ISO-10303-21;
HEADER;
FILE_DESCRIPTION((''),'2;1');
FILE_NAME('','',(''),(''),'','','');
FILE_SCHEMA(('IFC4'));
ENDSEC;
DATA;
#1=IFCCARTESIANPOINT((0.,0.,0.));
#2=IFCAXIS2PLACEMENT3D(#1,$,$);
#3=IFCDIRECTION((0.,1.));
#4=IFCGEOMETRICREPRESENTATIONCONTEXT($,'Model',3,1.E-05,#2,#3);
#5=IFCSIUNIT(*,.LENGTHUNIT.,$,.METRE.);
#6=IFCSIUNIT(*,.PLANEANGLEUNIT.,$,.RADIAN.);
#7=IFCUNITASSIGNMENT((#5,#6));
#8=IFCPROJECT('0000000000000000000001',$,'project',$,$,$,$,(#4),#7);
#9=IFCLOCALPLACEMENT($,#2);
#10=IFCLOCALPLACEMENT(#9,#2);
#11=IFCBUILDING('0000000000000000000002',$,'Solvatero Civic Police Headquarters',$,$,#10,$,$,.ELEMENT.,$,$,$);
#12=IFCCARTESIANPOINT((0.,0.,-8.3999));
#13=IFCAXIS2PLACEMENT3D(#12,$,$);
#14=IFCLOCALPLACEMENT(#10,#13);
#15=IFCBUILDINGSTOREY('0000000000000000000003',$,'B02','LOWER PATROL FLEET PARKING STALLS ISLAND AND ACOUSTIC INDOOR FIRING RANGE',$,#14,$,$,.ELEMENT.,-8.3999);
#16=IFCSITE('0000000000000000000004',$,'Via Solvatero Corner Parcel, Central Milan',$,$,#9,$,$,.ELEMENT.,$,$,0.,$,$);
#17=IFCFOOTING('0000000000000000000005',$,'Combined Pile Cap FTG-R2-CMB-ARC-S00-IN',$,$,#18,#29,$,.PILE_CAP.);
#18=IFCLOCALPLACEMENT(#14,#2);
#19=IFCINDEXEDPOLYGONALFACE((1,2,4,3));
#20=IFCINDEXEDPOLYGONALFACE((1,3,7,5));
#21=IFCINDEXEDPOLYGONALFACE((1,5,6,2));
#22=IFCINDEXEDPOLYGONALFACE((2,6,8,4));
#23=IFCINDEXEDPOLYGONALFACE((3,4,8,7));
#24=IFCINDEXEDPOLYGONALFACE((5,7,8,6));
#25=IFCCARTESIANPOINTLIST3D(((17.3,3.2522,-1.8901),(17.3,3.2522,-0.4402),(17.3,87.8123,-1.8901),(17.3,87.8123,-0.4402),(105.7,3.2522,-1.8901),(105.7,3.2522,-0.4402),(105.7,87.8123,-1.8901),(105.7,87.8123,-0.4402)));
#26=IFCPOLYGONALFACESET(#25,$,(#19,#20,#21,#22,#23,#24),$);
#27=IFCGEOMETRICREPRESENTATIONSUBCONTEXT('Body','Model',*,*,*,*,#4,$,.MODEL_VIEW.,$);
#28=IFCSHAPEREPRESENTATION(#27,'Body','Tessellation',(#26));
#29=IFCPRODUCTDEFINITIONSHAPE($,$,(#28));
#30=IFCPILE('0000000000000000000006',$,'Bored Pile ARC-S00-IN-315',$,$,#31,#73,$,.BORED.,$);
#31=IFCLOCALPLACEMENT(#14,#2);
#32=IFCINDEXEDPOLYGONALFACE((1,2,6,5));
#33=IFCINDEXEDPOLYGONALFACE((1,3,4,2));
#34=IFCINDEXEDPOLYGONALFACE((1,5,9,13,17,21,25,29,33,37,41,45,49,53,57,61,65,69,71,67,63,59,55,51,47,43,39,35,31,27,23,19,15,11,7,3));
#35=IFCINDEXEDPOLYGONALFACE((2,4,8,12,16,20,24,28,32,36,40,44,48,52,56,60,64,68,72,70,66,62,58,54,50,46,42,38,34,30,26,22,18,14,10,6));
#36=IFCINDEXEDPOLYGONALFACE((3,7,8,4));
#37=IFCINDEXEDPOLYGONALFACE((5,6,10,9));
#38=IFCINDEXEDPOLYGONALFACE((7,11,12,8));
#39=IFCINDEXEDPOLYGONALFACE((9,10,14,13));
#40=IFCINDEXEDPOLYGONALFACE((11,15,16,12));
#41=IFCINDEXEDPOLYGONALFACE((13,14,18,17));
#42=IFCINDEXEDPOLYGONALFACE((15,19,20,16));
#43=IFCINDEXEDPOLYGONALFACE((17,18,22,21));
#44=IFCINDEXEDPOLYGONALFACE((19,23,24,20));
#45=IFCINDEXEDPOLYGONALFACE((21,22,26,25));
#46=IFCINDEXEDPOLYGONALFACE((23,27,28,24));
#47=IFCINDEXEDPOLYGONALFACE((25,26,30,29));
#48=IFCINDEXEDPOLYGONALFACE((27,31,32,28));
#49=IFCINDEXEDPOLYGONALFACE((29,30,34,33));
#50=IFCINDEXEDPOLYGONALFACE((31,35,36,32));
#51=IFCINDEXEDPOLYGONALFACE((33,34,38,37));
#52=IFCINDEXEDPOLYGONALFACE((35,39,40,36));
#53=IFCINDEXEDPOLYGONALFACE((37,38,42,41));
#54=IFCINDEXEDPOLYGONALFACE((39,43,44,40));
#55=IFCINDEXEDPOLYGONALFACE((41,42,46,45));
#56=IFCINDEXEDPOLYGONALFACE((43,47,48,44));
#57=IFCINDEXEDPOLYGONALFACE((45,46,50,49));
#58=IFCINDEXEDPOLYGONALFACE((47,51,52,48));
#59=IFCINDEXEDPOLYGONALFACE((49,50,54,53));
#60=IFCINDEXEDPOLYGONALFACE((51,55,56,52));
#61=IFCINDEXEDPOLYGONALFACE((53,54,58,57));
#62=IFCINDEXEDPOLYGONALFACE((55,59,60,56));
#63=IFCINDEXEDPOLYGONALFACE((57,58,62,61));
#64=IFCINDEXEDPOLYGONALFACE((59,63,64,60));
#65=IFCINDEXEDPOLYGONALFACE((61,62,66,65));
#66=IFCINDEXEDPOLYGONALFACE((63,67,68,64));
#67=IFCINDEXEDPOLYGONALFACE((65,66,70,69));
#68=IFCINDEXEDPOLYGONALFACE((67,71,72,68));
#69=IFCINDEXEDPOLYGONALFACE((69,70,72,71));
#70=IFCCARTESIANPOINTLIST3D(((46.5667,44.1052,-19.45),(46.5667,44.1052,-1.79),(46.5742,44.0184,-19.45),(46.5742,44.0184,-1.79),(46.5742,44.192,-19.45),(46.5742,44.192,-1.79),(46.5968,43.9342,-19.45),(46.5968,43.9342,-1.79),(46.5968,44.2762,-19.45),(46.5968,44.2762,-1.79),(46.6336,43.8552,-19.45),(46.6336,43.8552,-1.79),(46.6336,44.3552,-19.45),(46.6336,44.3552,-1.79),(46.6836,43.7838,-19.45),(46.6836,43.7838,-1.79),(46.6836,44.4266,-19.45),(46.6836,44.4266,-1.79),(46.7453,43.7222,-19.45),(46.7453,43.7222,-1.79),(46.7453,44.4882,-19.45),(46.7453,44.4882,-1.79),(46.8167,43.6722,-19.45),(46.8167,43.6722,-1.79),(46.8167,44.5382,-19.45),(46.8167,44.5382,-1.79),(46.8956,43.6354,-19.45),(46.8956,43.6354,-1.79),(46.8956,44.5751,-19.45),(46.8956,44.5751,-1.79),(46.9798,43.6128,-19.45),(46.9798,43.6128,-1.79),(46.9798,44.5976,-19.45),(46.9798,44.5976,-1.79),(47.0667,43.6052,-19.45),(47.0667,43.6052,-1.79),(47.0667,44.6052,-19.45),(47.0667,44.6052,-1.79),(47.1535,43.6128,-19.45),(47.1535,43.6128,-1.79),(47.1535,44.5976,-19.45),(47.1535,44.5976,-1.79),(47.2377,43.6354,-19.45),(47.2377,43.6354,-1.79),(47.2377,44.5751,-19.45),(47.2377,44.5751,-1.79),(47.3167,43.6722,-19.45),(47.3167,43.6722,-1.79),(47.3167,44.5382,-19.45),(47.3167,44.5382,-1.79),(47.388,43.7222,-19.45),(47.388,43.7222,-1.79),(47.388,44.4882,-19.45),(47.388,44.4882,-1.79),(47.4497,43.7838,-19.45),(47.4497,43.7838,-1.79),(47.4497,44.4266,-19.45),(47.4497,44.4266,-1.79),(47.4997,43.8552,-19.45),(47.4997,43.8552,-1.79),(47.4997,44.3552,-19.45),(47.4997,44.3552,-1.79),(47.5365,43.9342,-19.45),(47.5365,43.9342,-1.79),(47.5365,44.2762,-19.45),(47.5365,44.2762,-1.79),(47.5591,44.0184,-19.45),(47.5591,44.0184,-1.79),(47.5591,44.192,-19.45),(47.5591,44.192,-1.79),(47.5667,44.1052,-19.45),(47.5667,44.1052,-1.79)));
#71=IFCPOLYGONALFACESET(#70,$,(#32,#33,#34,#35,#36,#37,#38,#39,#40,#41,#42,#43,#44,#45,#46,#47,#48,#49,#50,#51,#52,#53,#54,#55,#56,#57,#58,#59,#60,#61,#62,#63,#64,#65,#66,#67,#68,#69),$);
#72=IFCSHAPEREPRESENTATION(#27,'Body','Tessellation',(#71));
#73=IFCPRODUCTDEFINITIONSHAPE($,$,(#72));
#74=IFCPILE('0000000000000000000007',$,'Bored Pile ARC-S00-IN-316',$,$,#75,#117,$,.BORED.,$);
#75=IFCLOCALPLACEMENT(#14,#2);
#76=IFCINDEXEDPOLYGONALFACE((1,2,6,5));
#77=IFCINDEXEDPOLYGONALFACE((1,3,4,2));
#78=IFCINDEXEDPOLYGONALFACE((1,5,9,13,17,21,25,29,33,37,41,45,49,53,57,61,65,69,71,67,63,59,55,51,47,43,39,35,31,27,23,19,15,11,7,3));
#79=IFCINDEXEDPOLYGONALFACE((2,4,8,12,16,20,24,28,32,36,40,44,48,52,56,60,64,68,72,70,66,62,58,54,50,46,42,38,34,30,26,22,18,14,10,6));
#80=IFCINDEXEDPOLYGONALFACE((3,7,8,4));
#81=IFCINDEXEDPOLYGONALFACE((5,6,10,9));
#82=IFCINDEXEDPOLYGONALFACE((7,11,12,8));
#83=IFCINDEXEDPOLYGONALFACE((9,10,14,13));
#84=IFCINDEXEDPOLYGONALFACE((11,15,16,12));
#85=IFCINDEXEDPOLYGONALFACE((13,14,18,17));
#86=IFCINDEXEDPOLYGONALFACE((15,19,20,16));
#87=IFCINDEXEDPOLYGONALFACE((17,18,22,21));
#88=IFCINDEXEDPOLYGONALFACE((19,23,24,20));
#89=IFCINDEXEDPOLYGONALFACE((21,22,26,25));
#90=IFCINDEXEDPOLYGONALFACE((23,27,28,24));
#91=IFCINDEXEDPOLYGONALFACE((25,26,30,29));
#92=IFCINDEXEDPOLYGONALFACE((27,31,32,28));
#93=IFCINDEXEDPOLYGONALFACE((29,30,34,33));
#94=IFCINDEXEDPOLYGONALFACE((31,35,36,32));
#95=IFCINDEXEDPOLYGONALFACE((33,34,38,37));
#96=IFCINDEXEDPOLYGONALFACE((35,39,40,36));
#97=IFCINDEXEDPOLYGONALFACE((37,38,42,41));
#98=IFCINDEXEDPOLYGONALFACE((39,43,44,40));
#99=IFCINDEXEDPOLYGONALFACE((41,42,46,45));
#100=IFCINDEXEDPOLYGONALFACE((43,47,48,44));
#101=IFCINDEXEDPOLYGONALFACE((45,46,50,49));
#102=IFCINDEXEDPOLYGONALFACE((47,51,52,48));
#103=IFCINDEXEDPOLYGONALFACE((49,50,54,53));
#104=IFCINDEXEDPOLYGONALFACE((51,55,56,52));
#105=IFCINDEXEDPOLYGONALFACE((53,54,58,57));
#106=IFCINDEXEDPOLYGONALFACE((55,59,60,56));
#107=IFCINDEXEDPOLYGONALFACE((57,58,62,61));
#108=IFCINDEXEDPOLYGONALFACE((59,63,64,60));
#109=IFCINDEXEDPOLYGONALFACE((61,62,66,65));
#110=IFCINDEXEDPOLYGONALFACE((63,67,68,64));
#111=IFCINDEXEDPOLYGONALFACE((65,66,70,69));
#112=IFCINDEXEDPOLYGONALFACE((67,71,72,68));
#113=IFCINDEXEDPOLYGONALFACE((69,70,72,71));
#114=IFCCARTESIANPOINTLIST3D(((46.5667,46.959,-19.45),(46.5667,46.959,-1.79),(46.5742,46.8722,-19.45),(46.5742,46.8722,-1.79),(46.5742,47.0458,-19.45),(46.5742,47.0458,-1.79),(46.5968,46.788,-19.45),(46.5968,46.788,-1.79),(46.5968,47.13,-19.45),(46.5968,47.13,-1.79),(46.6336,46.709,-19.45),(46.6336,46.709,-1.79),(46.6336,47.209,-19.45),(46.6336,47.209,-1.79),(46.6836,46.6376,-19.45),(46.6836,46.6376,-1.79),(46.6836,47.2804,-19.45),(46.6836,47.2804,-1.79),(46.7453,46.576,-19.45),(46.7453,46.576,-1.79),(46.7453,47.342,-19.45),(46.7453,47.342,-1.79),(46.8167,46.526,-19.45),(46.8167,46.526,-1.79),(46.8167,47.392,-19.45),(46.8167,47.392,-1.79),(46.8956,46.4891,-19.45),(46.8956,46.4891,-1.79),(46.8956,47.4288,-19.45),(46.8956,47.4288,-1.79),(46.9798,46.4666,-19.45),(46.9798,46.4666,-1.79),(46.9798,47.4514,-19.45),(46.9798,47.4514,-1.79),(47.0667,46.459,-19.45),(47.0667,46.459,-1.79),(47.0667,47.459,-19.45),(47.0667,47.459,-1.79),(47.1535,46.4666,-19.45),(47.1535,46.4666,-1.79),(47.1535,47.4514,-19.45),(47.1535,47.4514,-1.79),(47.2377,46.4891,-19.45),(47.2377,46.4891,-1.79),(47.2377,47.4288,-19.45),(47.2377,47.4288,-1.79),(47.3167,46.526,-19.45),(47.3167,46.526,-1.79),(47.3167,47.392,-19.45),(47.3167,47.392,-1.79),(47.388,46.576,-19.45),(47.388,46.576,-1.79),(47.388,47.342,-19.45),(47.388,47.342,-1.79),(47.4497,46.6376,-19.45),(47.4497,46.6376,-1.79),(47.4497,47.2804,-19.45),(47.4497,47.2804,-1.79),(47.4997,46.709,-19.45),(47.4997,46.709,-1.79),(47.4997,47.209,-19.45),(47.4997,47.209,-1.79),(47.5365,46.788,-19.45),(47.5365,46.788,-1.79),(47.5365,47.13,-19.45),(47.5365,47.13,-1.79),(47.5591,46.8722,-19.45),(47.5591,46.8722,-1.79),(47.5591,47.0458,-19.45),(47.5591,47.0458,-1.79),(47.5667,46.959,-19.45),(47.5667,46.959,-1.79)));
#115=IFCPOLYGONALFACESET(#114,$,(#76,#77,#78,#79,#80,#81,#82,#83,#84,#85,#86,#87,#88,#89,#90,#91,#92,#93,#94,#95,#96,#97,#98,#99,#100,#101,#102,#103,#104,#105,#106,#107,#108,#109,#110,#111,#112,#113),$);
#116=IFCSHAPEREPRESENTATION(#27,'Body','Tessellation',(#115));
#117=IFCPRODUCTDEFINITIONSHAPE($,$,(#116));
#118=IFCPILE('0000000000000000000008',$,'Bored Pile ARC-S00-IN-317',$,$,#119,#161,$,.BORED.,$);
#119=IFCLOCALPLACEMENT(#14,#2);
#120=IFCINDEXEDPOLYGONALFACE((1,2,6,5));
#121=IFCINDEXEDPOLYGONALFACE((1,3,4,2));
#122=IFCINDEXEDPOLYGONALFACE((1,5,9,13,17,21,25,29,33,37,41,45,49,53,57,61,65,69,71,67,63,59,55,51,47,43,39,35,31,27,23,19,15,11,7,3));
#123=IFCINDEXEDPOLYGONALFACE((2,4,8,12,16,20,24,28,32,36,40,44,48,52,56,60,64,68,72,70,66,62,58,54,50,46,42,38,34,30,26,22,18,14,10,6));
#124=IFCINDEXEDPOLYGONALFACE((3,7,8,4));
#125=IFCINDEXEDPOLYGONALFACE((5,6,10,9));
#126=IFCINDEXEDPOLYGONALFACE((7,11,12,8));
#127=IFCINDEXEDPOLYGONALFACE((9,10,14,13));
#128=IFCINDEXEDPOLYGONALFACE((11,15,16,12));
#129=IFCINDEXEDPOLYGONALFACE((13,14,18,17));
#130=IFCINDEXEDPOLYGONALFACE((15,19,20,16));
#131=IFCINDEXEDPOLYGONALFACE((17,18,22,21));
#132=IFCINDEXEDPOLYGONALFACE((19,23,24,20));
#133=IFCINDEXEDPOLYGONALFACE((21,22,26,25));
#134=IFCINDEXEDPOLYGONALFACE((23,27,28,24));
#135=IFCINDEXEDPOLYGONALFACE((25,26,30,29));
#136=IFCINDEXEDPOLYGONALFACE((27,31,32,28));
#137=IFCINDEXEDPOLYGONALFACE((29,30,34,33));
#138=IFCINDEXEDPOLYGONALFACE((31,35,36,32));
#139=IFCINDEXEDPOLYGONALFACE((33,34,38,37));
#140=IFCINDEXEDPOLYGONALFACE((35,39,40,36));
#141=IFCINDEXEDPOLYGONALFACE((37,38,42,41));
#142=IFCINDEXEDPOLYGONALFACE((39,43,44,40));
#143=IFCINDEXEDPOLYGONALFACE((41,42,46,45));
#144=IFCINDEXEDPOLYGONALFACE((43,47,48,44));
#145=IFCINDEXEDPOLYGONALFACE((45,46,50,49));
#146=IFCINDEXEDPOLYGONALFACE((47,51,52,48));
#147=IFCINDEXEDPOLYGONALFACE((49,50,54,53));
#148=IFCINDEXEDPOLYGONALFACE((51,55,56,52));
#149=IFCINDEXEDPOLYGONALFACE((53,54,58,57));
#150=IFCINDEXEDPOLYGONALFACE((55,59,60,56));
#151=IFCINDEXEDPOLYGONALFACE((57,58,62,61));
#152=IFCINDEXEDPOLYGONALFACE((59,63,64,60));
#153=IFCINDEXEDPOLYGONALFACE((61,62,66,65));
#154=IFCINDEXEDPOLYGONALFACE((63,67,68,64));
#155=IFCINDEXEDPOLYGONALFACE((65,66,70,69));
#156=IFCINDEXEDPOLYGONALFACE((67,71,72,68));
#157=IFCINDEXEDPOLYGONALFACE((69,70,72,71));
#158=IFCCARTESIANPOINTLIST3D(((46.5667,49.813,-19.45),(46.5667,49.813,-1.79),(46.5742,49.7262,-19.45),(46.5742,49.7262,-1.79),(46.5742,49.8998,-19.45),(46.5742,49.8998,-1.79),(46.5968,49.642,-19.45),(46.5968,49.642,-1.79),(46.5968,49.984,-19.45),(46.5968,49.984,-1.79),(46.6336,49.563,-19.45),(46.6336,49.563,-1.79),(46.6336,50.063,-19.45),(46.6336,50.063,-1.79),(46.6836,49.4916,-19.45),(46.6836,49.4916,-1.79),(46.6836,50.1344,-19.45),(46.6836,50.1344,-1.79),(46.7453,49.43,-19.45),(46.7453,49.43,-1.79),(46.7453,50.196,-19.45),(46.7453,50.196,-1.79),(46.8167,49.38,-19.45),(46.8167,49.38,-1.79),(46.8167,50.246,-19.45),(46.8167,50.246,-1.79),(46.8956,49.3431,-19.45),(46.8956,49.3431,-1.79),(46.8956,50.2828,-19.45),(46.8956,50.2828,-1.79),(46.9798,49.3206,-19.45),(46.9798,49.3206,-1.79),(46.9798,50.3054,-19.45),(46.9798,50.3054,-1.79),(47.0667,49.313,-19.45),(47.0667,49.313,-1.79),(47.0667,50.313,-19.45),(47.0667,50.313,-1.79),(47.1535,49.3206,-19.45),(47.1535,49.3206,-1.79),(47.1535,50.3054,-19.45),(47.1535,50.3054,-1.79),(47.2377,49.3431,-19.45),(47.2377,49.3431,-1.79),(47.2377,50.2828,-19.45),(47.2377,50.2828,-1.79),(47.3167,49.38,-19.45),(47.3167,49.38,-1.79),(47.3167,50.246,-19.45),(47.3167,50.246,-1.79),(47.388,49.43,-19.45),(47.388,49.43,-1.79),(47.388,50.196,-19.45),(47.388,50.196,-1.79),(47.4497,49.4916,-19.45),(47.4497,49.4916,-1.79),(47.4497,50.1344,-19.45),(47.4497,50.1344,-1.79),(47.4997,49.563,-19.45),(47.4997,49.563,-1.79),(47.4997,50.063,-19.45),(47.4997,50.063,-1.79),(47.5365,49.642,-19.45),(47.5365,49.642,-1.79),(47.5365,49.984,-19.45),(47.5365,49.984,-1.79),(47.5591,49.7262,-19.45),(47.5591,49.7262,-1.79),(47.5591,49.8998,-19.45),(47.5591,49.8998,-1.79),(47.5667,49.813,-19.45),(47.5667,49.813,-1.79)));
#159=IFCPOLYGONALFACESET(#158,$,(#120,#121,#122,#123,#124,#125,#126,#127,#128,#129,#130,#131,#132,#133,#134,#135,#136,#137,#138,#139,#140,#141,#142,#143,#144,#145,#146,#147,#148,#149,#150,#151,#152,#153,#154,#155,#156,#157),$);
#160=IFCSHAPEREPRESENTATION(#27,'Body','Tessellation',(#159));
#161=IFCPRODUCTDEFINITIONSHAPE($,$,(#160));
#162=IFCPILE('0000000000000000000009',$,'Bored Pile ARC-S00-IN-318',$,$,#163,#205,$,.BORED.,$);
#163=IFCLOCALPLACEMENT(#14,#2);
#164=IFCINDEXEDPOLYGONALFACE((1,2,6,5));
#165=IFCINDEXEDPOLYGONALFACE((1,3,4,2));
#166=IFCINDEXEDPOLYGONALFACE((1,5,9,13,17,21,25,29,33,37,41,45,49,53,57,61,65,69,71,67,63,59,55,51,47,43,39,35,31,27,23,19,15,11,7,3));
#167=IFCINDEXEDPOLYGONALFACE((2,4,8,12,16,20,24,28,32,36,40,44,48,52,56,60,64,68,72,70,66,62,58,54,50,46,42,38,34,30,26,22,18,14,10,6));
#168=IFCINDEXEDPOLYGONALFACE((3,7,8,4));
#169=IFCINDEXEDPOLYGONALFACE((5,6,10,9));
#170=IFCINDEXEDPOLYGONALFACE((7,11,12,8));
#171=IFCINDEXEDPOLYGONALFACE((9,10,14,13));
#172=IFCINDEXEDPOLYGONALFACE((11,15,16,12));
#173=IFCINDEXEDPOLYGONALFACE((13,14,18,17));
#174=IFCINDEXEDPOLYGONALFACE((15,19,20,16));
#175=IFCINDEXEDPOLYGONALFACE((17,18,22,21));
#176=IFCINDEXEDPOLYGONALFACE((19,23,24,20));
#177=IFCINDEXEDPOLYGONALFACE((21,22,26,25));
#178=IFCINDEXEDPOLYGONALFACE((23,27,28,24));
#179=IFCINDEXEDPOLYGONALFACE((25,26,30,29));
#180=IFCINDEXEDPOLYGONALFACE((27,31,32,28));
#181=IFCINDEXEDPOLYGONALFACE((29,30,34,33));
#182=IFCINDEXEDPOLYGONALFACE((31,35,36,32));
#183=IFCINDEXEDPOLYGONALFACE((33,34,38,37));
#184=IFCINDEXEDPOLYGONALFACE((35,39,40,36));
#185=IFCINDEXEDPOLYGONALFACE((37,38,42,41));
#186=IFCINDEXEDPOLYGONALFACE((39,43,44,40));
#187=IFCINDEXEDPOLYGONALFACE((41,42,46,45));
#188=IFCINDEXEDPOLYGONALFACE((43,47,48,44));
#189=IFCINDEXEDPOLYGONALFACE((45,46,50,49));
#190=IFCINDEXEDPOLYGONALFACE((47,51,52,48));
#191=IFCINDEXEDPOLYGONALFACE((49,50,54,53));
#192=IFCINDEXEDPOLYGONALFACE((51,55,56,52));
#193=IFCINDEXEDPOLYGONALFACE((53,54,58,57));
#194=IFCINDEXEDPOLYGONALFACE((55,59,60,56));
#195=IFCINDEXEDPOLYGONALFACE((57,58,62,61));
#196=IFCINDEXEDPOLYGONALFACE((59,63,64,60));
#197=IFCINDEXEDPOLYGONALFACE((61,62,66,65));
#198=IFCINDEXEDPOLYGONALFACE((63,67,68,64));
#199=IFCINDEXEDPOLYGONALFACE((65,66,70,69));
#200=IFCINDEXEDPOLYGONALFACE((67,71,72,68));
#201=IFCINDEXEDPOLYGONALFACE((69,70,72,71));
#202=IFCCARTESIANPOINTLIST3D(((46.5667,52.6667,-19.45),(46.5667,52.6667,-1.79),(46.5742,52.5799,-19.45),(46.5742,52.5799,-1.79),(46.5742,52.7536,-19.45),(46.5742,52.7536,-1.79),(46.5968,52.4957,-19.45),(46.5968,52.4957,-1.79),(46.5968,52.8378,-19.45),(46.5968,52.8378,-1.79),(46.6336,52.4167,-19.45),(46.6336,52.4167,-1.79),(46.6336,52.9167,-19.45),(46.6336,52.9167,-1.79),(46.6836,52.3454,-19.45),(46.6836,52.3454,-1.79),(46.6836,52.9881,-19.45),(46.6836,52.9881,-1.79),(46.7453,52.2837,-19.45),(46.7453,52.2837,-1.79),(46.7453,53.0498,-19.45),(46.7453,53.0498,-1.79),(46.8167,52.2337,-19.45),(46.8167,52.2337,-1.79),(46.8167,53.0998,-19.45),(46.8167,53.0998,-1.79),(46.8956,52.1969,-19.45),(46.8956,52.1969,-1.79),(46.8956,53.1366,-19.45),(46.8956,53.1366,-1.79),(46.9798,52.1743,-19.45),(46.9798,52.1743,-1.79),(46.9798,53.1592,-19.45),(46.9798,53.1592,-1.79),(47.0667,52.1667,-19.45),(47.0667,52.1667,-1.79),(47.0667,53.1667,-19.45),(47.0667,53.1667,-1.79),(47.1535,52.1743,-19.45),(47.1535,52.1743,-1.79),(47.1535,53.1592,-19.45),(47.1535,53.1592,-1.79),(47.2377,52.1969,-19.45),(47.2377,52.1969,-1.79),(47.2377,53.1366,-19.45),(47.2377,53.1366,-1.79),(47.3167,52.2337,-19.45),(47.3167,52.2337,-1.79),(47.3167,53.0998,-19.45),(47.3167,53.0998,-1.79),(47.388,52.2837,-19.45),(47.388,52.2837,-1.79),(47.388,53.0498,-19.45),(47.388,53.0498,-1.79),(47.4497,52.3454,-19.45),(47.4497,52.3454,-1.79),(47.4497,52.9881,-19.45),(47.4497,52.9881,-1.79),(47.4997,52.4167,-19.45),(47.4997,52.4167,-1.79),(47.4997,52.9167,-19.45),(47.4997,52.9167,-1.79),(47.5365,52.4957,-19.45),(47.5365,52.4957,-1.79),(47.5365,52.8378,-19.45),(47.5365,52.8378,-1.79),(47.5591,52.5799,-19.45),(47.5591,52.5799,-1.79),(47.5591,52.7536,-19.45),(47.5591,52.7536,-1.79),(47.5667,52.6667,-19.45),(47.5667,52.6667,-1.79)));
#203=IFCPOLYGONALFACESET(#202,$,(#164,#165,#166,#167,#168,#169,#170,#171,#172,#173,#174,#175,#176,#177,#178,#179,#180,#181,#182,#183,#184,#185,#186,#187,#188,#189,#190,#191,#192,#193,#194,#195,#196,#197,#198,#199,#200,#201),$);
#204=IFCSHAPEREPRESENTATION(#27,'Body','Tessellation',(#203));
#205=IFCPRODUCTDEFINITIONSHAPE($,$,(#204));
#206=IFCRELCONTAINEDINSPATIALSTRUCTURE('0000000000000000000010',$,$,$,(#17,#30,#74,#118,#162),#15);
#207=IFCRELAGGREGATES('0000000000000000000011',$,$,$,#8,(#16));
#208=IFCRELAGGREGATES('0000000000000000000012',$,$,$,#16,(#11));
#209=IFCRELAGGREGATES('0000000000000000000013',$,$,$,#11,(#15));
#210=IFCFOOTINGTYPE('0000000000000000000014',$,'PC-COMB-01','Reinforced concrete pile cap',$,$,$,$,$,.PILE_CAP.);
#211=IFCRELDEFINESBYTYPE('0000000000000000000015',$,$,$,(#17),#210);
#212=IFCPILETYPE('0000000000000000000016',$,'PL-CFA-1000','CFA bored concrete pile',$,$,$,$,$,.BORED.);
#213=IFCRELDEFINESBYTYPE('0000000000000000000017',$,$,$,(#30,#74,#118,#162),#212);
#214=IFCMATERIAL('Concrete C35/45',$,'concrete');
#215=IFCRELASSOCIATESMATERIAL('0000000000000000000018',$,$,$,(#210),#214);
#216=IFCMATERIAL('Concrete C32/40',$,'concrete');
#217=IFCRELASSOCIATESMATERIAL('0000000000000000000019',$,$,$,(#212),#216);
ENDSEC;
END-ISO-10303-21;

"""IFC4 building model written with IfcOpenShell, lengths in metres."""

from ifc_helpers import new_model, si_unit, direction, frame, origin, origin_2d, place, context, subcontext, project, spatial, rectangle, circle, extrude, material, material_profile, profile_set, type_object, element, save


model = new_model("IFC4")

# Units and contexts
model_context = context("Model", 3, precision=1e-05, world=origin(), true_north=direction((0.0, 1.0)))
body_context = subcontext(model_context, "Body", "Model", "MODEL_VIEW")
ifc_project = project(units=[si_unit("LENGTHUNIT", "METRE"), si_unit("PLANEANGLEUNIT", "RADIAN")], contexts=[model_context])

# Site, building, storey
site_placement = place(None, origin())
site = spatial("IfcSite", under=ifc_project, at=site_placement, Name="Via Solvatero Corner Parcel, Central Milan", CompositionType="ELEMENT", RefElevation=0.0)
building_placement = place(site_placement, origin())
building = spatial("IfcBuilding", under=site, at=building_placement, Name="Solvatero Civic Police Headquarters", CompositionType="ELEMENT")
storey_placement = place(building_placement, frame((0.0, 0.0, -8.3999)))
storey = spatial("IfcBuildingStorey", under=building, at=storey_placement, Name="B02", Description="LOWER PATROL FLEET PARKING STALLS ISLAND AND ACOUSTIC INDOOR FIRING RANGE", CompositionType="ELEMENT", Elevation=-8.3999)

# Footing
ifc_material_1 = material(Name="Concrete C35/45", Category="concrete")
footing_type = type_object("IfcFootingType", Name="PC-COMB-01", Description="Reinforced concrete pile cap", PredefinedType="PILE_CAP", material=ifc_material_1)
footing_placement = place(storey_placement, frame((61.5, 45.5322, -1.8901), z_axis=(0.0, 0.0, 1.0), x_axis=(1.0, 0.0, 0.0)))
element("IfcFooting", 1, at=footing_placement, inside=storey, type_object=footing_type, Name="Combined Pile Cap FTG-R2-CMB-ARC-S00-IN", PredefinedType="PILE_CAP", context=body_context, shape_type="SweptSolid", body=[
    extrude(rectangle(XDim=88.3999, YDim=84.5601, at=origin_2d()), origin(), (0.0, 0.0, 1.0), 1.45),
])

# Piles
ifc_material_2 = material(Name="Concrete C32/40", Category="concrete")
ifc_material_profile_1 = material_profile(ifc_material_2, circle(Radius=0.5, at=origin_2d()), Name="CFA PILE D1000")
ifc_profile_set_1 = profile_set([ifc_material_profile_1], Name="Concrete C32/40")
pile_type = type_object("IfcPileType", Name="PL-CFA-1000", Description="CFA bored concrete pile", PredefinedType="BORED", material=ifc_profile_set_1)
for number, where, z_axis, x_axis, name in (
    (2, (47.0667, 44.1052, -1.79), (0.0, 0.0, -1.0), (1.0, 0.0, 0.0), "Bored Pile ARC-S00-IN-315"),
    (3, (47.0667, 46.959, -1.79), (0.0, 0.0, -1.0), (1.0, 0.0, 0.0), "Bored Pile ARC-S00-IN-316"),
    (4, (47.0667, 49.813, -1.79), (0.0, 0.0, -1.0), (1.0, 0.0, 0.0), "Bored Pile ARC-S00-IN-317"),
    (5, (47.0667, 52.6667, -1.79), (0.0, 0.0, -1.0), (1.0, 0.0, 0.0), "Bored Pile ARC-S00-IN-318"),
):
    element("IfcPile", number, at=place(storey_placement, frame(where, z_axis=z_axis, x_axis=x_axis)), inside=storey, type_object=pile_type, Name=name, PredefinedType="BORED", context=body_context, shape_type="SweptSolid", body=[
        extrude(circle(Radius=0.5, at=origin_2d()), origin(), (0.0, 0.0, 1.0), 17.6599),
    ])

save(model, "model.ifc")
